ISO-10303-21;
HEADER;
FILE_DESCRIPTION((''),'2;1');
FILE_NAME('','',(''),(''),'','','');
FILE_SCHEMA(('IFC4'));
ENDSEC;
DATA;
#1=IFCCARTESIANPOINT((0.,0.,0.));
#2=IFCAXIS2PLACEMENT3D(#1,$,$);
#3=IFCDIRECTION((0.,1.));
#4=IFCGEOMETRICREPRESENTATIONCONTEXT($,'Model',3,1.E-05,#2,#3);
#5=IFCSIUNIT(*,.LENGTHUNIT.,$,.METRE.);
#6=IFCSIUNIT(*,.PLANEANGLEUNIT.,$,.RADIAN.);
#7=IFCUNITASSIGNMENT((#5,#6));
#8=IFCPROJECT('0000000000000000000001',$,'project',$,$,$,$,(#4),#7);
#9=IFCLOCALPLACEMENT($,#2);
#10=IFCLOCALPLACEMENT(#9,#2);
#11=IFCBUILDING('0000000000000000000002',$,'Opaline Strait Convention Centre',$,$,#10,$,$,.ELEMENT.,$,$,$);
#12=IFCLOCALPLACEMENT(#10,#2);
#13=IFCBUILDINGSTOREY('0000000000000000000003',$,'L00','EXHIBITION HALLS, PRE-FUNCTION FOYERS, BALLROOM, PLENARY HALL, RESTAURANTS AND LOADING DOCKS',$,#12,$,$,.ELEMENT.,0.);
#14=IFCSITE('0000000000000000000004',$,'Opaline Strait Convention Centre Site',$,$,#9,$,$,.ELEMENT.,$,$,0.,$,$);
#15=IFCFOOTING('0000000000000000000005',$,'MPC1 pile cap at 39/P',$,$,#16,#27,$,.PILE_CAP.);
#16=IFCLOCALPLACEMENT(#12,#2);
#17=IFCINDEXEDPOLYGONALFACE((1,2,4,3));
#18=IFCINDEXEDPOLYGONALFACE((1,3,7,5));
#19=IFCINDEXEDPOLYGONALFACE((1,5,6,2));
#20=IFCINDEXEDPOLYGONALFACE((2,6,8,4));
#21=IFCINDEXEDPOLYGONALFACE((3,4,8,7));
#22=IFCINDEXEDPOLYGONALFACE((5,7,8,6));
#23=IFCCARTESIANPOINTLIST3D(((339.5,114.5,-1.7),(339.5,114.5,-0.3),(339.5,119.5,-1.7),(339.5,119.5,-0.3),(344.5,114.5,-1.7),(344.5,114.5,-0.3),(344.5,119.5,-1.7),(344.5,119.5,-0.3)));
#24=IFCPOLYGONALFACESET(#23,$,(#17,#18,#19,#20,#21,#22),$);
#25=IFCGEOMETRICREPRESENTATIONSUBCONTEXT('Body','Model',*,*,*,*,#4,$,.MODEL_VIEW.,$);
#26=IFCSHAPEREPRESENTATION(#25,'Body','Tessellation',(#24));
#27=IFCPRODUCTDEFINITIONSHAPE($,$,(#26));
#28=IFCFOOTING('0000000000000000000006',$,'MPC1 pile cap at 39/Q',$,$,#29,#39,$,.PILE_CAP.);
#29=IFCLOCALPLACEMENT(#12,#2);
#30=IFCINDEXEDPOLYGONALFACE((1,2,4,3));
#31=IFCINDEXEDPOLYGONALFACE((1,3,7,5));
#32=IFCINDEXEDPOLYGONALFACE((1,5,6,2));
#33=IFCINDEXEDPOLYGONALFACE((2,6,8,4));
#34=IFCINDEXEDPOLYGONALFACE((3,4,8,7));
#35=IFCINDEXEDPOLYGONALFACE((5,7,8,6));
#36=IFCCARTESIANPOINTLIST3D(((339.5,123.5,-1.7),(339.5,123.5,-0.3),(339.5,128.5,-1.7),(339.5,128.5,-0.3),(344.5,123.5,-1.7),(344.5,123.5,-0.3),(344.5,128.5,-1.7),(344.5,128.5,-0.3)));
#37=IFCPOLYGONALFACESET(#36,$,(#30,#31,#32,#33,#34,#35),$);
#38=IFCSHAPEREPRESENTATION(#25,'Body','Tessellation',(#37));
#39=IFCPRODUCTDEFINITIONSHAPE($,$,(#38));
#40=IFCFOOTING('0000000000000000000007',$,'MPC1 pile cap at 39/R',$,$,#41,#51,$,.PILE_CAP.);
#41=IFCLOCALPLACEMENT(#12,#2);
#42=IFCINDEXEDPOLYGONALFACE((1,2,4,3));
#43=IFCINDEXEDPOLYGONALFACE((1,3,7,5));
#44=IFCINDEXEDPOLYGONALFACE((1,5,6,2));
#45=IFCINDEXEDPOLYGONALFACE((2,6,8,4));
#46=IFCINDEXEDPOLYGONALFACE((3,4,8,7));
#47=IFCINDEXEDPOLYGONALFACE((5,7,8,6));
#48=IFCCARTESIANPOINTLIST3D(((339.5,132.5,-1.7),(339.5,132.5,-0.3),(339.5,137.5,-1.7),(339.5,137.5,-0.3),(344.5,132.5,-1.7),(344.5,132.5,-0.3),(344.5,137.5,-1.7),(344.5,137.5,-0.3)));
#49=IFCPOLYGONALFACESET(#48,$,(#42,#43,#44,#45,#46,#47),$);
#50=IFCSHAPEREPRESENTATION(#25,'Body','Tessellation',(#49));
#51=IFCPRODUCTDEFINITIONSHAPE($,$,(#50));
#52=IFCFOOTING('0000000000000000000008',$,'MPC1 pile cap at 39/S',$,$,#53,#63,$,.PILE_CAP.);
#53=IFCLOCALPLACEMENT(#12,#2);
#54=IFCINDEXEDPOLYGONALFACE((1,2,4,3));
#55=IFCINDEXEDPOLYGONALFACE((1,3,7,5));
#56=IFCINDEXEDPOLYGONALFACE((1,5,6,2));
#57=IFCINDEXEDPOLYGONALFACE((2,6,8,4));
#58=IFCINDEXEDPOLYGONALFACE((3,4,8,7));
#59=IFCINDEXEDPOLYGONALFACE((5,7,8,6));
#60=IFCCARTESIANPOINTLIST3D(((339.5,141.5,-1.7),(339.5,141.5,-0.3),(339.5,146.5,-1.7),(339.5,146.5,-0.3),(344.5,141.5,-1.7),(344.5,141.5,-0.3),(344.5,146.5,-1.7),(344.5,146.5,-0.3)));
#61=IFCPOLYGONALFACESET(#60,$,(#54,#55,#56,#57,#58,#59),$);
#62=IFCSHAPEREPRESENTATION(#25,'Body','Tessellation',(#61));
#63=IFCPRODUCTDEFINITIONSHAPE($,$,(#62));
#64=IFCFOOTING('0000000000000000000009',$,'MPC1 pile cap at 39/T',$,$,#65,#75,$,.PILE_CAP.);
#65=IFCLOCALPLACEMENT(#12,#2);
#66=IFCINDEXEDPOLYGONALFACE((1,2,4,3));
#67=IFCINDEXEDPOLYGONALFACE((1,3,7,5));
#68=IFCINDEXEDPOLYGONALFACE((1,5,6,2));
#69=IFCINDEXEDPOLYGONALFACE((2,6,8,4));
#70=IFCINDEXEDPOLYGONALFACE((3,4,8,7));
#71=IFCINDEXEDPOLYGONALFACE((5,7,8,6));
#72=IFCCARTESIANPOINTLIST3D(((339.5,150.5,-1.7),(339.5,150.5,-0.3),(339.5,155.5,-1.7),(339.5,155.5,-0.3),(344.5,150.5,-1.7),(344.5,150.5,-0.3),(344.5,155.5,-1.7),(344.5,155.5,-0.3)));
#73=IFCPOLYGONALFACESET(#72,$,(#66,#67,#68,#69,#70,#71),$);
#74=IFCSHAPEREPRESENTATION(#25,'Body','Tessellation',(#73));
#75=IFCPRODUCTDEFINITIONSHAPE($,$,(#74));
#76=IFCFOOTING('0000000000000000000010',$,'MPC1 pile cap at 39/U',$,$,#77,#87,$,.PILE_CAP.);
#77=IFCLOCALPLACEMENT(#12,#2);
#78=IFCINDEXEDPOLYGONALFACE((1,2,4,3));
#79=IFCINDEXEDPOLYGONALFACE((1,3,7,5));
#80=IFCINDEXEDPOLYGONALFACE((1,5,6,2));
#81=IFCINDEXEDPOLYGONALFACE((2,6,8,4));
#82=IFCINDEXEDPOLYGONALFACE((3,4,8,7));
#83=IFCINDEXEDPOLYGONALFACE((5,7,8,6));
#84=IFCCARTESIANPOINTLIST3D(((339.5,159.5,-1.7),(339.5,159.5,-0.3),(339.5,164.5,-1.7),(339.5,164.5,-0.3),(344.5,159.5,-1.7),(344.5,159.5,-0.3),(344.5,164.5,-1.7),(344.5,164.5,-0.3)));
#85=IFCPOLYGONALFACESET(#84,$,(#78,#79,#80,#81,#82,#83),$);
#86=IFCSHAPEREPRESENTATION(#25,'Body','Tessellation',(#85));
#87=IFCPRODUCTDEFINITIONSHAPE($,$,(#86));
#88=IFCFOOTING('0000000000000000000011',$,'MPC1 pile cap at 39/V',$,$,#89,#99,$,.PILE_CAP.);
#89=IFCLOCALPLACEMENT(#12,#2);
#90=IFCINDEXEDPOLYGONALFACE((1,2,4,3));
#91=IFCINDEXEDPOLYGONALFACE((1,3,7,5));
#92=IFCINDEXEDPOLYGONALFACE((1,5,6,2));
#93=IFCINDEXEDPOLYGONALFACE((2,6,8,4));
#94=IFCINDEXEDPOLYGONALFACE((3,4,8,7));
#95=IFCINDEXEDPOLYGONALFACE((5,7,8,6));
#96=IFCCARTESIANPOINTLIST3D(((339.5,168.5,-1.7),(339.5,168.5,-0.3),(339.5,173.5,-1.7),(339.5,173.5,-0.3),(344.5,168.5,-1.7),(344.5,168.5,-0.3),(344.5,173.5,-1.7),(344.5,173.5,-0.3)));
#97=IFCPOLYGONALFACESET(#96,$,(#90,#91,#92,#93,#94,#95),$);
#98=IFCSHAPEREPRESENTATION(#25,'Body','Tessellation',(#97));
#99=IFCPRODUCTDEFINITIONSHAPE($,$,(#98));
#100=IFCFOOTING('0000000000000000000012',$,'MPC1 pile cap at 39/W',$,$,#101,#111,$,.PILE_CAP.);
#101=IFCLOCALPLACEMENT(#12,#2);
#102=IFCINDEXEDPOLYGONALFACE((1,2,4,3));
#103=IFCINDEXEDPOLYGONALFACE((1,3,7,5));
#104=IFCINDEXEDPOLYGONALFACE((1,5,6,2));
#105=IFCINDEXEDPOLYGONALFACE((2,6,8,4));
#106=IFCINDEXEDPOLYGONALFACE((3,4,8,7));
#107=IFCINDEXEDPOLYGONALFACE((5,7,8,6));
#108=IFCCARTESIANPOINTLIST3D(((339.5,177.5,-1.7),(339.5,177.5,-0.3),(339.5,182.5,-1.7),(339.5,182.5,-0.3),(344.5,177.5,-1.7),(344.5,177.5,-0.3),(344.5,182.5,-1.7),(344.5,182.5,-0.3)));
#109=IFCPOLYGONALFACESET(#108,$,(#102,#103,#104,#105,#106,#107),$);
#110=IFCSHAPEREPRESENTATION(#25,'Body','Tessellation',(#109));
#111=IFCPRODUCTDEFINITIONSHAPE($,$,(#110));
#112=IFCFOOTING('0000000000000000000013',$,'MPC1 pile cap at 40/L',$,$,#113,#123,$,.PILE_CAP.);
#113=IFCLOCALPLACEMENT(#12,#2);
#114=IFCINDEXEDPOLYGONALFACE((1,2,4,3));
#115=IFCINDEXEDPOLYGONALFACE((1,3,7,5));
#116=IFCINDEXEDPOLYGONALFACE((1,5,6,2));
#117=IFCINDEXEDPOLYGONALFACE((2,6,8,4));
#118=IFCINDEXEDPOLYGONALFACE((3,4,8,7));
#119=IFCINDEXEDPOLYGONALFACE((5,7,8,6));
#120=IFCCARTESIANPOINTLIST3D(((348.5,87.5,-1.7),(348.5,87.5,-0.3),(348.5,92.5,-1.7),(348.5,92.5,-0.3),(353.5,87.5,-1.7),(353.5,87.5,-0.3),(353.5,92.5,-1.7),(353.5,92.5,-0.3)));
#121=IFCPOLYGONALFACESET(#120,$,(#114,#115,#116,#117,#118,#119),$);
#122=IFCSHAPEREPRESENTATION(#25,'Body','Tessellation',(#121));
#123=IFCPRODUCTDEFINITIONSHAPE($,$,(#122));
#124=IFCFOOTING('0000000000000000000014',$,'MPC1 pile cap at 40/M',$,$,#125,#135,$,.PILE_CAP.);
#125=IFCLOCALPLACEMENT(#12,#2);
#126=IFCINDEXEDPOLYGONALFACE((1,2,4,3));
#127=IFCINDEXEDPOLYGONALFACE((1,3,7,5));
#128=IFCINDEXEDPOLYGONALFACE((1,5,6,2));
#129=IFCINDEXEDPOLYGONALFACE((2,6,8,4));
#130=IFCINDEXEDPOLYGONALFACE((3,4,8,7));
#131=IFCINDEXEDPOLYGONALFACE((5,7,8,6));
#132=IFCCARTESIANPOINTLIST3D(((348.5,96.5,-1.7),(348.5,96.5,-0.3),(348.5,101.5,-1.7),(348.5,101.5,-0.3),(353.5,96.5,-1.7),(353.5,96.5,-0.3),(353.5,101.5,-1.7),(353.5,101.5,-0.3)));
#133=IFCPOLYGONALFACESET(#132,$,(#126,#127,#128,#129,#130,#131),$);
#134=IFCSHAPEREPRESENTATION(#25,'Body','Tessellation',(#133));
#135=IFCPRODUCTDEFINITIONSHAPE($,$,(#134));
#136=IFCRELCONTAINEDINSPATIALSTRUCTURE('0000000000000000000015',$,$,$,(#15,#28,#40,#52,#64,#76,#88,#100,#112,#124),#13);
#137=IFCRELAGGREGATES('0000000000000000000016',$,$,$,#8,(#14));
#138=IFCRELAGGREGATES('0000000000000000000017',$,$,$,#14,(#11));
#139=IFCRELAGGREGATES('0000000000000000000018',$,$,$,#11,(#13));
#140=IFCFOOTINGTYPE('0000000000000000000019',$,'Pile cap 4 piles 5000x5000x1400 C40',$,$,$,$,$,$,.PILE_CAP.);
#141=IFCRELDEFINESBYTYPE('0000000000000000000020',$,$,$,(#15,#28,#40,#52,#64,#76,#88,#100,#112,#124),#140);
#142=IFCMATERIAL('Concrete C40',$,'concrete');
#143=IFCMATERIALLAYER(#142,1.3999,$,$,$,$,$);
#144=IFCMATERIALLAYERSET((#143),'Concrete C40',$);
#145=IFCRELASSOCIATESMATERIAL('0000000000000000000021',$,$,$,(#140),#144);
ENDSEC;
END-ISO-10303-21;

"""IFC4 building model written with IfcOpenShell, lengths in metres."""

from ifc_helpers import new_model, si_unit, direction, frame, origin, place, context, subcontext, project, spatial, polyline, outline, extrude, material, layer, layer_set, type_object, element, save


model = new_model("IFC4")

# Units and contexts
model_context = context("Model", 3, precision=1e-05, world=origin(), true_north=direction((0.0, 1.0)))
body_context = subcontext(model_context, "Body", "Model", "MODEL_VIEW")
ifc_project = project(units=[si_unit("LENGTHUNIT", "METRE"), si_unit("PLANEANGLEUNIT", "RADIAN")], contexts=[model_context])

# Site, building, storey
site_placement = place(None, origin())
site = spatial("IfcSite", under=ifc_project, at=site_placement, Name="Opaline Strait Convention Centre Site", CompositionType="ELEMENT", RefElevation=0.0)
building_placement = place(site_placement, origin())
building = spatial("IfcBuilding", under=site, at=building_placement, Name="Opaline Strait Convention Centre", CompositionType="ELEMENT")
storey_placement = place(building_placement, origin())
storey = spatial("IfcBuildingStorey", under=building, at=storey_placement, Name="L00", Description="EXHIBITION HALLS, PRE-FUNCTION FOYERS, BALLROOM, PLENARY HALL, RESTAURANTS AND LOADING DOCKS", CompositionType="ELEMENT", Elevation=0.0)

# Footings
ifc_material = material(Name="Concrete C40", Category="concrete")
ifc_layer = layer(ifc_material, 1.3999)
ifc_layer_set = layer_set([ifc_layer], Name="Concrete C40")
footing_type = type_object("IfcFootingType", Name="Pile cap 4 piles 5000x5000x1400 C40", PredefinedType="PILE_CAP", material=ifc_layer_set)
footing_1_placement = place(storey_placement, frame((0.0, 0.0, -1.7)))
element("IfcFooting", 1, at=footing_1_placement, inside=storey, type_object=footing_type, Name="MPC1 pile cap at 39/P", PredefinedType="PILE_CAP", context=body_context, shape_type="SweptSolid", body=[
    extrude(outline(polyline([(339.5, 114.5), (344.5, 114.5), (344.5, 119.5), (339.5, 119.5), (339.5, 114.5)])), origin(), (0.0, 0.0, 1.0), 1.3999),
])
footing_2_placement = place(storey_placement, frame((0.0, 0.0, -1.7)))
element("IfcFooting", 2, at=footing_2_placement, inside=storey, type_object=footing_type, Name="MPC1 pile cap at 39/Q", PredefinedType="PILE_CAP", context=body_context, shape_type="SweptSolid", body=[
    extrude(outline(polyline([(339.5, 123.5), (344.5, 123.5), (344.5, 128.5), (339.5, 128.5), (339.5, 123.5)])), origin(), (0.0, 0.0, 1.0), 1.3999),
])
footing_3_placement = place(storey_placement, frame((0.0, 0.0, -1.7)))
element("IfcFooting", 3, at=footing_3_placement, inside=storey, type_object=footing_type, Name="MPC1 pile cap at 39/R", PredefinedType="PILE_CAP", context=body_context, shape_type="SweptSolid", body=[
    extrude(outline(polyline([(339.5, 132.5), (344.5, 132.5), (344.5, 137.5), (339.5, 137.5), (339.5, 132.5)])), origin(), (0.0, 0.0, 1.0), 1.3999),
])
footing_4_placement = place(storey_placement, frame((0.0, 0.0, -1.7)))
element("IfcFooting", 4, at=footing_4_placement, inside=storey, type_object=footing_type, Name="MPC1 pile cap at 39/S", PredefinedType="PILE_CAP", context=body_context, shape_type="SweptSolid", body=[
    extrude(outline(polyline([(339.5, 141.5), (344.5, 141.5), (344.5, 146.5), (339.5, 146.5), (339.5, 141.5)])), origin(), (0.0, 0.0, 1.0), 1.3999),
])
footing_5_placement = place(storey_placement, frame((0.0, 0.0, -1.7)))
element("IfcFooting", 5, at=footing_5_placement, inside=storey, type_object=footing_type, Name="MPC1 pile cap at 39/T", PredefinedType="PILE_CAP", context=body_context, shape_type="SweptSolid", body=[
    extrude(outline(polyline([(339.5, 150.5), (344.5, 150.5), (344.5, 155.5), (339.5, 155.5), (339.5, 150.5)])), origin(), (0.0, 0.0, 1.0), 1.3999),
])
footing_6_placement = place(storey_placement, frame((0.0, 0.0, -1.7)))
element("IfcFooting", 6, at=footing_6_placement, inside=storey, type_object=footing_type, Name="MPC1 pile cap at 39/U", PredefinedType="PILE_CAP", context=body_context, shape_type="SweptSolid", body=[
    extrude(outline(polyline([(339.5, 159.5), (344.5, 159.5), (344.5, 164.5), (339.5, 164.5), (339.5, 159.5)])), origin(), (0.0, 0.0, 1.0), 1.3999),
])
footing_7_placement = place(storey_placement, frame((0.0, 0.0, -1.7)))
element("IfcFooting", 7, at=footing_7_placement, inside=storey, type_object=footing_type, Name="MPC1 pile cap at 39/V", PredefinedType="PILE_CAP", context=body_context, shape_type="SweptSolid", body=[
    extrude(outline(polyline([(339.5, 168.5), (344.5, 168.5), (344.5, 173.5), (339.5, 173.5), (339.5, 168.5)])), origin(), (0.0, 0.0, 1.0), 1.3999),
])
footing_8_placement = place(storey_placement, frame((0.0, 0.0, -1.7)))
element("IfcFooting", 8, at=footing_8_placement, inside=storey, type_object=footing_type, Name="MPC1 pile cap at 39/W", PredefinedType="PILE_CAP", context=body_context, shape_type="SweptSolid", body=[
    extrude(outline(polyline([(339.5, 177.5), (344.5, 177.5), (344.5, 182.5), (339.5, 182.5), (339.5, 177.5)])), origin(), (0.0, 0.0, 1.0), 1.3999),
])
footing_9_placement = place(storey_placement, frame((0.0, 0.0, -1.7)))
element("IfcFooting", 9, at=footing_9_placement, inside=storey, type_object=footing_type, Name="MPC1 pile cap at 40/L", PredefinedType="PILE_CAP", context=body_context, shape_type="SweptSolid", body=[
    extrude(outline(polyline([(348.5, 87.5), (353.5, 87.5), (353.5, 92.5), (348.5, 92.5), (348.5, 87.5)])), origin(), (0.0, 0.0, 1.0), 1.3999),
])
footing_10_placement = place(storey_placement, frame((0.0, 0.0, -1.7)))
element("IfcFooting", 10, at=footing_10_placement, inside=storey, type_object=footing_type, Name="MPC1 pile cap at 40/M", PredefinedType="PILE_CAP", context=body_context, shape_type="SweptSolid", body=[
    extrude(outline(polyline([(348.5, 96.5), (353.5, 96.5), (353.5, 101.5), (348.5, 101.5), (348.5, 96.5)])), origin(), (0.0, 0.0, 1.0), 1.3999),
])

save(model, "model.ifc")
